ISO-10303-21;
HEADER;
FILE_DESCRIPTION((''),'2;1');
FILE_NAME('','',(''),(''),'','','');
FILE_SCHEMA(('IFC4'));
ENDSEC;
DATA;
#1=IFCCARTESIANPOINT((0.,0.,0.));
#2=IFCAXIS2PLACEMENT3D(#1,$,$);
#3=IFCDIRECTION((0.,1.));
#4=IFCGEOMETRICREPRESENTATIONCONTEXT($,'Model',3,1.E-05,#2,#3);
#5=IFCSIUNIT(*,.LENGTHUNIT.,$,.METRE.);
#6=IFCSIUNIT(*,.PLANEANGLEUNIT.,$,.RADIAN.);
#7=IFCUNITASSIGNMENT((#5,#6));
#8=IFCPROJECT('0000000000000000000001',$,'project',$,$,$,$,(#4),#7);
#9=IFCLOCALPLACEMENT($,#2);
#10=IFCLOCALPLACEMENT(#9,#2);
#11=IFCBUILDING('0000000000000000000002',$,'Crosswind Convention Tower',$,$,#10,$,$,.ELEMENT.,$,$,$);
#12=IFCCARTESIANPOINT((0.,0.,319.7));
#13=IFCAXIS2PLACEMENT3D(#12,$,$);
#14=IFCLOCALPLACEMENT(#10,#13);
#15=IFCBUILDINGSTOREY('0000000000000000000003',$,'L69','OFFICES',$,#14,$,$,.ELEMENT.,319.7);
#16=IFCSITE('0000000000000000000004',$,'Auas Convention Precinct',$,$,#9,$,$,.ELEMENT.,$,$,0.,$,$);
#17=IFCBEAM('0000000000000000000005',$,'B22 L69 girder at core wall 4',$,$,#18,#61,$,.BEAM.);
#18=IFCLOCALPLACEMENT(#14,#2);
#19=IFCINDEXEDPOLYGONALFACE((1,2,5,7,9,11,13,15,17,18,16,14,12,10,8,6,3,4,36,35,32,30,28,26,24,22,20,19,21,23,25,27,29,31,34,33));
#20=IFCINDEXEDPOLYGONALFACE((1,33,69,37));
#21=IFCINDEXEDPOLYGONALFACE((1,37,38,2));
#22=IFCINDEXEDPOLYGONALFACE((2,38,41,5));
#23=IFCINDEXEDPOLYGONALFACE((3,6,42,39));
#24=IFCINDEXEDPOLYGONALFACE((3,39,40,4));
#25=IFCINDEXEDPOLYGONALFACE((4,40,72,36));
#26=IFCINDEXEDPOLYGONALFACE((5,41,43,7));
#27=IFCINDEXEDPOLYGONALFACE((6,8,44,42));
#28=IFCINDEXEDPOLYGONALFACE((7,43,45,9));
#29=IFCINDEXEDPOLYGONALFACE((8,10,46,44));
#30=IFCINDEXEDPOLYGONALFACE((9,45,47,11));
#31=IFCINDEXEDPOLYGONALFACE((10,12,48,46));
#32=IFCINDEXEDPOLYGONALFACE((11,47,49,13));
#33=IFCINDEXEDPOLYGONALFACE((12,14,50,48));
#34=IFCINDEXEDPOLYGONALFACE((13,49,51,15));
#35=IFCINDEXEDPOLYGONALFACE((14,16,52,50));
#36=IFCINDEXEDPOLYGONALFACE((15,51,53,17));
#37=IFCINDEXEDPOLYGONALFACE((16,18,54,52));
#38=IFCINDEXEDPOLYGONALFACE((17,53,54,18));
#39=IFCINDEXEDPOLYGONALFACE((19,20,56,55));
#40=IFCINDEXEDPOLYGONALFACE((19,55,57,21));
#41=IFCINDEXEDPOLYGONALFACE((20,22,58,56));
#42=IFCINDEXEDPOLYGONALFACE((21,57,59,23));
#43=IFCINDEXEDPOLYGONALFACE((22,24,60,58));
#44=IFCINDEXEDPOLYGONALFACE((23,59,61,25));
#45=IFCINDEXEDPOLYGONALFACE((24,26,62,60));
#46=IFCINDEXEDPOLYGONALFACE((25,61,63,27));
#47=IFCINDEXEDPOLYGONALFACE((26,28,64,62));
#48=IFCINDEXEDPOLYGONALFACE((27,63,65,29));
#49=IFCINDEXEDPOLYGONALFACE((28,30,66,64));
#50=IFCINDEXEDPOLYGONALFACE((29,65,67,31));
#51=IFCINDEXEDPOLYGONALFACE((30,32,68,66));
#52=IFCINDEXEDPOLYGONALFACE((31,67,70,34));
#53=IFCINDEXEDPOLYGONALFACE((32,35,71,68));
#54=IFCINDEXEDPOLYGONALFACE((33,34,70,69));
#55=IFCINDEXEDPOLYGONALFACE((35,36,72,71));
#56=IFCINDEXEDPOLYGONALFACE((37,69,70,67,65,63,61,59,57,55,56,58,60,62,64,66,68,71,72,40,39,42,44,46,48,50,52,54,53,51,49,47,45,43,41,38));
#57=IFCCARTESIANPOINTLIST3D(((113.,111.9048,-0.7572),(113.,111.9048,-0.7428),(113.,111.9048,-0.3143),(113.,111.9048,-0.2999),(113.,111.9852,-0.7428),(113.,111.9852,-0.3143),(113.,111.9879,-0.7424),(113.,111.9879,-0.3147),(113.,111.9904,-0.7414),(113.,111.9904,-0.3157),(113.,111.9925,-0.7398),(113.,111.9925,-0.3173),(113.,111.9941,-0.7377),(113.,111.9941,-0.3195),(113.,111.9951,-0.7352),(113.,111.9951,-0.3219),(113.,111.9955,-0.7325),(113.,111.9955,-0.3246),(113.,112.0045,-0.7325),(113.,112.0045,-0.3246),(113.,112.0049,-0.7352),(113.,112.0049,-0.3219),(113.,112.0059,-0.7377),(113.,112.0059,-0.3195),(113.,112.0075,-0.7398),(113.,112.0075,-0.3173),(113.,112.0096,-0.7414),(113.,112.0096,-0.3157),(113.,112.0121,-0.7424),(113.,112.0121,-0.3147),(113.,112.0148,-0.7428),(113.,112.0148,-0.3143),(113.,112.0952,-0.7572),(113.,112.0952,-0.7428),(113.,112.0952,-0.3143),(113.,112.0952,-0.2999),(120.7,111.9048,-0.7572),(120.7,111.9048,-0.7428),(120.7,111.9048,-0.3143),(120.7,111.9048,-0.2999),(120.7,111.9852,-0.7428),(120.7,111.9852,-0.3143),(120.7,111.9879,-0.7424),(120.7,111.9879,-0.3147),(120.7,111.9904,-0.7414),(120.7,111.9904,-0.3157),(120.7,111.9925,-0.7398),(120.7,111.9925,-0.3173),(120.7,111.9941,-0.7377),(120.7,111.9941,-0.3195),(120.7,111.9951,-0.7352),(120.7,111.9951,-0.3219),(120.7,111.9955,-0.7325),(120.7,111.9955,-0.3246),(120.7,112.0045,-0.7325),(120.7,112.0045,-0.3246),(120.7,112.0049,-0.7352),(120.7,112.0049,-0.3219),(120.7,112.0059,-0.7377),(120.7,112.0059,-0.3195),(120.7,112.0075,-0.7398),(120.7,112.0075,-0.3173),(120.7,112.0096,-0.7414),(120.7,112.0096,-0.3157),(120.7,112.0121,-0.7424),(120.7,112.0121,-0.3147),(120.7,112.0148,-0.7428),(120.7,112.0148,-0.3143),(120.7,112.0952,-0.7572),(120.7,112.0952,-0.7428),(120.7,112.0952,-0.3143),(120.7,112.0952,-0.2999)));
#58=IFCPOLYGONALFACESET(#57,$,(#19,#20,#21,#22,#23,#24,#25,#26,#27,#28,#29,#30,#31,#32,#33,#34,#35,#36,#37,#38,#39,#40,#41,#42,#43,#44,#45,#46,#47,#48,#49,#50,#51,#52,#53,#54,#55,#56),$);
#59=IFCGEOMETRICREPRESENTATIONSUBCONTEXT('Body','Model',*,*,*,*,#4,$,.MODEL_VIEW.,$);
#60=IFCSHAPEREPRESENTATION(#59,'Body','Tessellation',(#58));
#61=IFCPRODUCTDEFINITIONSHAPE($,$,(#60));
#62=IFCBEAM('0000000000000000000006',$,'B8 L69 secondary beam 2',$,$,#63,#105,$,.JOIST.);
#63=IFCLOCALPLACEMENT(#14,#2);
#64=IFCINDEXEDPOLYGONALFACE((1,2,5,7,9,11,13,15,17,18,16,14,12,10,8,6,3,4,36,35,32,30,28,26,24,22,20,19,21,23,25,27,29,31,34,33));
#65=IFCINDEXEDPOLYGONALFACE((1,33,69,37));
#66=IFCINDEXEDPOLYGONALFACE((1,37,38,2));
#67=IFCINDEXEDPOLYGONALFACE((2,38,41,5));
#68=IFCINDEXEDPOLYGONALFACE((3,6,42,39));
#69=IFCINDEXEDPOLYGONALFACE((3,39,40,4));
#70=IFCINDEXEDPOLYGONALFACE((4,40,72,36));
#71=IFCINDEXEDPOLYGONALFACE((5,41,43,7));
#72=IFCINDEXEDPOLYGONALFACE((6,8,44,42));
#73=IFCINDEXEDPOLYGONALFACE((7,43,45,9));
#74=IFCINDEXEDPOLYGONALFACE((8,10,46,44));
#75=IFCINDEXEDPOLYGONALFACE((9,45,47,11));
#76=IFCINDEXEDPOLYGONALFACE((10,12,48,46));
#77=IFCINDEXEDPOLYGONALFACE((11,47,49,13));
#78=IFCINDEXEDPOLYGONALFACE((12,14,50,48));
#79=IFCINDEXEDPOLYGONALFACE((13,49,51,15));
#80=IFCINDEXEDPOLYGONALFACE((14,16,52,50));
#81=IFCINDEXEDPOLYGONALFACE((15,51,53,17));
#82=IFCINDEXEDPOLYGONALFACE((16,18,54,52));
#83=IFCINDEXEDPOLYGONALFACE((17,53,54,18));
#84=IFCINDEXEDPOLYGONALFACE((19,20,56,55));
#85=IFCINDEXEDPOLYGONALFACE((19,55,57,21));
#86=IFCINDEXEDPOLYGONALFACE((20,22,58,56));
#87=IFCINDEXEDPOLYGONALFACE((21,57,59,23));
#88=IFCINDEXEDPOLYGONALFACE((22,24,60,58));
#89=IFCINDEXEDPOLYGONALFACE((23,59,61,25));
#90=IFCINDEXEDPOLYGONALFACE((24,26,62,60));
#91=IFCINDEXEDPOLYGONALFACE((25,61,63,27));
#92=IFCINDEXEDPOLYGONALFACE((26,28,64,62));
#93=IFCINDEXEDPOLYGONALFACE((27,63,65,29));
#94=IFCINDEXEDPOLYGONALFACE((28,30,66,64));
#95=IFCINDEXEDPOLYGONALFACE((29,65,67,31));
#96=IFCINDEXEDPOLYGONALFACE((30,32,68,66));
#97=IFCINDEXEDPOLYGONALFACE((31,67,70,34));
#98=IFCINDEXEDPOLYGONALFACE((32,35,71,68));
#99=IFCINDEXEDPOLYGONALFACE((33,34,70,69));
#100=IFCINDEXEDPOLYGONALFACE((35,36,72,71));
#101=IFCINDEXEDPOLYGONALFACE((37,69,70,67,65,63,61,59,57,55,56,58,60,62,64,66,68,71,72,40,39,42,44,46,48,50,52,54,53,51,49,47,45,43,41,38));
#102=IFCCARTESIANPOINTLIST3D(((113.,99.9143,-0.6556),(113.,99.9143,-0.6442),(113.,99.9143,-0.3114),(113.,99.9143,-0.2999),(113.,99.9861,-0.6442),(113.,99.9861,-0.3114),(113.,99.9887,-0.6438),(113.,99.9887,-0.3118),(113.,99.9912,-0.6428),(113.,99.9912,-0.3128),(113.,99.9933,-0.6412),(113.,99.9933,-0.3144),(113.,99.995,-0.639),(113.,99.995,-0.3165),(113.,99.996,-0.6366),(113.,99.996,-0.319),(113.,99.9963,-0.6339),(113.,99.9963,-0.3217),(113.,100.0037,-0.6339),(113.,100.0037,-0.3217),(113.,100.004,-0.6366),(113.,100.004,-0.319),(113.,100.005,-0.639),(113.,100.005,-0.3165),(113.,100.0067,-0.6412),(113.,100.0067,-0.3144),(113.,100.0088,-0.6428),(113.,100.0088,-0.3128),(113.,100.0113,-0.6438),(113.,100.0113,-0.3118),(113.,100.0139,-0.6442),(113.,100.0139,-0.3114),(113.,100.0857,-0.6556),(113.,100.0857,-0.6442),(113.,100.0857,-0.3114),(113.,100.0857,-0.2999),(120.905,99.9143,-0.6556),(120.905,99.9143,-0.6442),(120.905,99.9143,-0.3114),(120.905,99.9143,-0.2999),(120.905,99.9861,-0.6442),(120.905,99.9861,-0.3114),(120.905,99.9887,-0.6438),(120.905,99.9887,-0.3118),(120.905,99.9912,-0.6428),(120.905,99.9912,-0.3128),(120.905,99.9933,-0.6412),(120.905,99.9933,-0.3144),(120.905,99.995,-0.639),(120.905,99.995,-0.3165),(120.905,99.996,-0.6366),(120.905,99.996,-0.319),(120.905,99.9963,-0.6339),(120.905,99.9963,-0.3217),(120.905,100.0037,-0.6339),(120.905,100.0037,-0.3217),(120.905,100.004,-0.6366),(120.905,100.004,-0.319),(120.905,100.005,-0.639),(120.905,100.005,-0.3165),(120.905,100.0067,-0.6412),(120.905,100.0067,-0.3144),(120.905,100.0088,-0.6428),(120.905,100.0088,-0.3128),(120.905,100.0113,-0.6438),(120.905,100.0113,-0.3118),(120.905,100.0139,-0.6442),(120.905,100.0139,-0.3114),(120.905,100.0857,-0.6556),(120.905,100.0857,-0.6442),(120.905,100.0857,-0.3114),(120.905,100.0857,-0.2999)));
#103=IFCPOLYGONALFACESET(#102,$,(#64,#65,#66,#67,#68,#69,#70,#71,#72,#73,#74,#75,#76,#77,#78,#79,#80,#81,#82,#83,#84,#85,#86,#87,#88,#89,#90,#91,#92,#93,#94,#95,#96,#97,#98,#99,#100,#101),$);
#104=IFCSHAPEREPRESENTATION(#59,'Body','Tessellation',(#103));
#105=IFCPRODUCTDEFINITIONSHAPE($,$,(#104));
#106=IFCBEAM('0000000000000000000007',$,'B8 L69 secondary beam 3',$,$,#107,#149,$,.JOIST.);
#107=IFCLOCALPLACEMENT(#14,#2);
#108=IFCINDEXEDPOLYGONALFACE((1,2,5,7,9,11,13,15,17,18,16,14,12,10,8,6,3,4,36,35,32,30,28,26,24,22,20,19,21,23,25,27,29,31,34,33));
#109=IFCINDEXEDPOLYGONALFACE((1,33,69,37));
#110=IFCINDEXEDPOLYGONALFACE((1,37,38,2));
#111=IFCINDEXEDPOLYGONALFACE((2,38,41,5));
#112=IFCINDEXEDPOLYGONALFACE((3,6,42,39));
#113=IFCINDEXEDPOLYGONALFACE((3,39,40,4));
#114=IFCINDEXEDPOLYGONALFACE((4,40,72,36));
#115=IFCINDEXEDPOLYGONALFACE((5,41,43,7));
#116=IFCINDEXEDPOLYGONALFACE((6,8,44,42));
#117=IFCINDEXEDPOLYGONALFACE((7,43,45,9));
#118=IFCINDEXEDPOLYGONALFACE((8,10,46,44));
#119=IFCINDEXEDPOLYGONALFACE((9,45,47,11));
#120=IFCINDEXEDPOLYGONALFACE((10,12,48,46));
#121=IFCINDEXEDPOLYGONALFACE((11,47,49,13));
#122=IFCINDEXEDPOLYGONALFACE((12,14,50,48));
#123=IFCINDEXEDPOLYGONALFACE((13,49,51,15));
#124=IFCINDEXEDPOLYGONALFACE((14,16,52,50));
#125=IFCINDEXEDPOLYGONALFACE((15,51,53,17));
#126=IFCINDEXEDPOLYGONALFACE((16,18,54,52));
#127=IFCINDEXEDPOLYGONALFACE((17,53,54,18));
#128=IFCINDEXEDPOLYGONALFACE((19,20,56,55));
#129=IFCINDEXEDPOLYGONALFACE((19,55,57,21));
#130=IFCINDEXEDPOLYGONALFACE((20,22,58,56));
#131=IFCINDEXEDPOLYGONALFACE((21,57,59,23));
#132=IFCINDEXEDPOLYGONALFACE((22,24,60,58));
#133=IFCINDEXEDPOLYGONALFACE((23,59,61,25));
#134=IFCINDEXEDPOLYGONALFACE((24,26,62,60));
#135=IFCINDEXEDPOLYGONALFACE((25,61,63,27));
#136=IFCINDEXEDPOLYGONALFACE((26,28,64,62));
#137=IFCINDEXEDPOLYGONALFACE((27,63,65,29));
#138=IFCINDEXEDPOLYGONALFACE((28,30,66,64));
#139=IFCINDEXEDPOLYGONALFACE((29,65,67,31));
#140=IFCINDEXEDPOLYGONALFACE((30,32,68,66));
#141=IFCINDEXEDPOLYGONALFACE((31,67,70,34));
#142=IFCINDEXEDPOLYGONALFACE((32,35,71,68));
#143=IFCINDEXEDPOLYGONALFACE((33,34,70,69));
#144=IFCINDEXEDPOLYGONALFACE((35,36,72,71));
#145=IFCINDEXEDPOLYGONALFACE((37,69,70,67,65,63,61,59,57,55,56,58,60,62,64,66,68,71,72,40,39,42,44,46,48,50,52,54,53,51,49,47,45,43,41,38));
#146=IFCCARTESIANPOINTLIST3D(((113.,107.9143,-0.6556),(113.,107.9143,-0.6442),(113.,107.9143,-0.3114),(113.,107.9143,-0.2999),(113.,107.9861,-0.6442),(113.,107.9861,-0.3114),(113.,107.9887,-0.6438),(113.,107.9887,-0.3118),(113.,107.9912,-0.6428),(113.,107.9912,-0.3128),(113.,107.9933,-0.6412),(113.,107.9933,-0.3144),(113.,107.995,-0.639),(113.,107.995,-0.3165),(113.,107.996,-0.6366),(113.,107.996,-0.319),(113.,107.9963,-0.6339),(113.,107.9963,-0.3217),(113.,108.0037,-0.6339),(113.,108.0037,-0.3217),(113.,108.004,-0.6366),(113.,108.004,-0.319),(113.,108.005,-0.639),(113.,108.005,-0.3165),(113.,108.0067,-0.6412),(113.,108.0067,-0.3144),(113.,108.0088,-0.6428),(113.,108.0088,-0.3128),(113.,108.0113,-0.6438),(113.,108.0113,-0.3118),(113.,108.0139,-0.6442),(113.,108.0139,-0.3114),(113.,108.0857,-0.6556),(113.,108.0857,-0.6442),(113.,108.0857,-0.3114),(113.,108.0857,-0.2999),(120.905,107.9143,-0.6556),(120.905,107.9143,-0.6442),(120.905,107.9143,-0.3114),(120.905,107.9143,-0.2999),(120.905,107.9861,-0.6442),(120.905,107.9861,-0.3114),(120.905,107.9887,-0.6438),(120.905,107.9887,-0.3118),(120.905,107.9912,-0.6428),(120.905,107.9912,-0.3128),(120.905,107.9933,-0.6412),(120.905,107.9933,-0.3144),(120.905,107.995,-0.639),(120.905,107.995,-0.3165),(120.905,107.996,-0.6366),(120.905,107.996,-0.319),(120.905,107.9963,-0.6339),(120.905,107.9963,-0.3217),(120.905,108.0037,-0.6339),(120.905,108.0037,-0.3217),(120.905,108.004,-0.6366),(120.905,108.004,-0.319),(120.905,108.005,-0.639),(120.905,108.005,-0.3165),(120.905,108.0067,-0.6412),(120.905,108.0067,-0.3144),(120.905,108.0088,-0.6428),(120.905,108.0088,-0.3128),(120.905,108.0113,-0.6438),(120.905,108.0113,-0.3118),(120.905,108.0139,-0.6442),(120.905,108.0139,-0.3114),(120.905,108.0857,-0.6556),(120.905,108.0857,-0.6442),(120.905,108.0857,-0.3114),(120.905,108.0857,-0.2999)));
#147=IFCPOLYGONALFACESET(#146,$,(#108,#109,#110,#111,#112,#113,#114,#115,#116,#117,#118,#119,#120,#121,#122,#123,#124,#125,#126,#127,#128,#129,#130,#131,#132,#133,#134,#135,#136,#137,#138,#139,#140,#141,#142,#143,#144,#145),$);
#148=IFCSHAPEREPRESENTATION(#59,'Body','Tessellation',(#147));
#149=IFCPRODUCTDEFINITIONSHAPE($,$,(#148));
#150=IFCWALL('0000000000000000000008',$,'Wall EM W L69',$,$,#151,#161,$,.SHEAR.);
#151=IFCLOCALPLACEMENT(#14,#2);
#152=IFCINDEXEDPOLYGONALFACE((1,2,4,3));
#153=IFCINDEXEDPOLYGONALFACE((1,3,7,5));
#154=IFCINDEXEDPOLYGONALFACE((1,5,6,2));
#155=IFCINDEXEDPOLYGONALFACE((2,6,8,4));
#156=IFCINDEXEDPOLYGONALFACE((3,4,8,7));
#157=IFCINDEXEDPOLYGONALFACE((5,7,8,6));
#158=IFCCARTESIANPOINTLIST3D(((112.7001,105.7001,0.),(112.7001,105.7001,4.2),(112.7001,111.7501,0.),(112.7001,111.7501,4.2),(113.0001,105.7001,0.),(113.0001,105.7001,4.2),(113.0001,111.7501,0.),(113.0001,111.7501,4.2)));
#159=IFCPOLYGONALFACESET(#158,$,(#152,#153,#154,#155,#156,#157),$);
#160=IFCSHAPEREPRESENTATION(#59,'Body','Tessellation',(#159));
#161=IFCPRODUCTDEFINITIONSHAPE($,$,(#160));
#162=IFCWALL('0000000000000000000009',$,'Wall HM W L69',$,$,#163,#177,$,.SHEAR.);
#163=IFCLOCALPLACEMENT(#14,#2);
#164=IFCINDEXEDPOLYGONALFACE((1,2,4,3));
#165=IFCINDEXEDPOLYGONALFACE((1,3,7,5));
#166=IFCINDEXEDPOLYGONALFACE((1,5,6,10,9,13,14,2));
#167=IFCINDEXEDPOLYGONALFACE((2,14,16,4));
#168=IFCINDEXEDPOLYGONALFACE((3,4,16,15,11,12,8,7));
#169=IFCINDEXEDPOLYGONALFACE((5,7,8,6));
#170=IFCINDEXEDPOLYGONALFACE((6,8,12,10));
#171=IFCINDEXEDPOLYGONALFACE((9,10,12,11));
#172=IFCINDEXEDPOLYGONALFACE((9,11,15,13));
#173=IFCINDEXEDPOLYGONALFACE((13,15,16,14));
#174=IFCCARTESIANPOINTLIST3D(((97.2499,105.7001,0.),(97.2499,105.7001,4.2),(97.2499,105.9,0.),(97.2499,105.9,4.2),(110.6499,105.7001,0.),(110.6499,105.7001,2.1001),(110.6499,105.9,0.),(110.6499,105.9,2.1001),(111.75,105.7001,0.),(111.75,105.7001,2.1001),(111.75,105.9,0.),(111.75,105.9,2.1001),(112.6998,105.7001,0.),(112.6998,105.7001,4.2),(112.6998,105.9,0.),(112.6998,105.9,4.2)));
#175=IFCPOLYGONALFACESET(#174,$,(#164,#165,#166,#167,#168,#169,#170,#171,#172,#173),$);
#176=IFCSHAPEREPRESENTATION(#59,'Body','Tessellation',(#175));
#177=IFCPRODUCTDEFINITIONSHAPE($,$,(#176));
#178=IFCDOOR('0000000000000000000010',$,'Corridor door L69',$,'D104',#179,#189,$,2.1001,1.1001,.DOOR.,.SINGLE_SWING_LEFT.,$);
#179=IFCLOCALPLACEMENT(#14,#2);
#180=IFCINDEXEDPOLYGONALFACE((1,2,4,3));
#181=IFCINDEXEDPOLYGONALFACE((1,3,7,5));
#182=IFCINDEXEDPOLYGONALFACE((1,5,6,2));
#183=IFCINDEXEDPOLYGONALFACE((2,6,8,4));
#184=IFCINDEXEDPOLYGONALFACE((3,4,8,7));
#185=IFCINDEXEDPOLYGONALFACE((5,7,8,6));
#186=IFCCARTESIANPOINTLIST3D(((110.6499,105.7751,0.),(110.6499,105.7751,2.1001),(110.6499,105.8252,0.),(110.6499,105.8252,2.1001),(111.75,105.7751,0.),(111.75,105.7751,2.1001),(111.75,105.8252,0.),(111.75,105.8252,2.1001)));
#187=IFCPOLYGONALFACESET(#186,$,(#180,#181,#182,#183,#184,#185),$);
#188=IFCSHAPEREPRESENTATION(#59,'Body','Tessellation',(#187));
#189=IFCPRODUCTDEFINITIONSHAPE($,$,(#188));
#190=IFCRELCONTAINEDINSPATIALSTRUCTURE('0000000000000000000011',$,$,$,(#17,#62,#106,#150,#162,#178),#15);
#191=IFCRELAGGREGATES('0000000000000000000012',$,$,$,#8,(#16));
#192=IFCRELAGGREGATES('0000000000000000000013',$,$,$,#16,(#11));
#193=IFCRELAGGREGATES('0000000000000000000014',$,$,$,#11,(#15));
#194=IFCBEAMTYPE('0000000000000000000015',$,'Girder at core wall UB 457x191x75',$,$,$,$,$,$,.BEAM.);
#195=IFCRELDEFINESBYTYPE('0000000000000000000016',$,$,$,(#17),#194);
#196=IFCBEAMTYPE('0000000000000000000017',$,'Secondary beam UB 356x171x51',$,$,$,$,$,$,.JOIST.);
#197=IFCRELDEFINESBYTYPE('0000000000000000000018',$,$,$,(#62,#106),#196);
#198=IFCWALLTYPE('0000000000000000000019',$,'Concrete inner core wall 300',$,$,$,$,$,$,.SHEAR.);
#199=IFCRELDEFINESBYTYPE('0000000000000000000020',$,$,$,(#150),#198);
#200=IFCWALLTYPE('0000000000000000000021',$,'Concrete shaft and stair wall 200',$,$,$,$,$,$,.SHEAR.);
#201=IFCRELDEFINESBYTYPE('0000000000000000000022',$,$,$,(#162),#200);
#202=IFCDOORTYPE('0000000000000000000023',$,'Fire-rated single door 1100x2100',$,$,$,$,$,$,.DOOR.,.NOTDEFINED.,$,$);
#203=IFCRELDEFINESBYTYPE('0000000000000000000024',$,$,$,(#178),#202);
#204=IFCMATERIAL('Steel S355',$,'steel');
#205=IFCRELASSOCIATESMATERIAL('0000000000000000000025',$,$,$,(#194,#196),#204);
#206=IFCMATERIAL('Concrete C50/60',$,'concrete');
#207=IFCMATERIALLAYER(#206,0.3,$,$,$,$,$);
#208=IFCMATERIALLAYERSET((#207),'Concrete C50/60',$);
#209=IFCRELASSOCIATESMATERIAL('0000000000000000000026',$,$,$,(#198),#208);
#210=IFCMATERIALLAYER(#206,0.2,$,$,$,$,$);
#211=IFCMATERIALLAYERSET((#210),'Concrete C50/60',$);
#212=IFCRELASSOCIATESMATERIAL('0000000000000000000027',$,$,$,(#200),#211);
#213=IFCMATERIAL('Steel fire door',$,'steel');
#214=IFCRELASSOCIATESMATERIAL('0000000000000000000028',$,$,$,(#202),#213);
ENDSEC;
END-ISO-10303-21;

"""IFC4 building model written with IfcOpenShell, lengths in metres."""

from ifc_helpers import new_model, si_unit, direction, frame, frame_2d, origin, origin_2d, place, context, subcontext, project, spatial, rectangle, i_section, extrude, material, layer, layer_set, material_profile, profile_set, type_object, element, fill, save


model = new_model("IFC4")

# Units and contexts
model_context = context("Model", 3, precision=1e-05, world=origin(), true_north=direction((0.0, 1.0)))
body_context = subcontext(model_context, "Body", "Model", "MODEL_VIEW")
ifc_project = project(units=[si_unit("LENGTHUNIT", "METRE"), si_unit("PLANEANGLEUNIT", "RADIAN")], contexts=[model_context])

# Site, building, storey
site_placement = place(None, origin())
site = spatial("IfcSite", under=ifc_project, at=site_placement, Name="Auas Convention Precinct", CompositionType="ELEMENT", RefElevation=0.0)
building_placement = place(site_placement, origin())
building = spatial("IfcBuilding", under=site, at=building_placement, Name="Crosswind Convention Tower", CompositionType="ELEMENT")
storey_placement = place(building_placement, frame((0.0, 0.0, 319.7)))
storey = spatial("IfcBuildingStorey", under=building, at=storey_placement, Name="L69", Description="OFFICES", CompositionType="ELEMENT", Elevation=319.7)

# Beams
ifc_material_1 = material(Name="Steel S355", Category="steel")
ifc_material_profile_1 = material_profile(ifc_material_1, i_section(OverallWidth=0.1904, OverallDepth=0.4573, WebThickness=0.009, FlangeThickness=0.0144, FilletRadius=0.0103, at=origin_2d()), Name="UB 457x191x75")
ifc_profile_set_1 = profile_set([ifc_material_profile_1], Name="Steel S355")
beam_type_1 = type_object("IfcBeamType", Name="Girder at core wall UB 457x191x75", PredefinedType="BEAM", material=ifc_profile_set_1)
for number, where, z_axis, x_axis, name in (
    (1, (113.0, 112.0, -0.5286), (1.0, 0.0, 0.0), (0.0, 1.0, 0.0), "B22 L69 girder at core wall 4"),
):
    element("IfcBeam", number, at=place(storey_placement, frame(where, z_axis=z_axis, x_axis=x_axis)), inside=storey, type_object=beam_type_1, Name=name, PredefinedType="BEAM", context=body_context, shape_type="SweptSolid", body=[
        extrude(i_section(OverallWidth=0.1904, OverallDepth=0.4573, WebThickness=0.009, FlangeThickness=0.0144, FilletRadius=0.0103, at=origin_2d()), origin(), (0.0, 0.0, 1.0), 7.7),
    ])
ifc_material_profile_2 = material_profile(ifc_material_1, i_section(OverallWidth=0.1714, OverallDepth=0.3557, WebThickness=0.0073, FlangeThickness=0.0115, FilletRadius=0.0103, at=origin_2d()), Name="UB 356x171x51")
ifc_profile_set_2 = profile_set([ifc_material_profile_2], Name="Steel S355")
beam_type_2 = type_object("IfcBeamType", Name="Secondary beam UB 356x171x51", PredefinedType="JOIST", material=ifc_profile_set_2)
for number, where, z_axis, x_axis, name in (
    (2, (113.0, 100.0, -0.4778), (1.0, 0.0, 0.0), (0.0, 1.0, 0.0), "B8 L69 secondary beam 2"),
    (3, (113.0, 108.0, -0.4778), (1.0, 0.0, 0.0), (0.0, 1.0, 0.0), "B8 L69 secondary beam 3"),
):
    element("IfcBeam", number, at=place(storey_placement, frame(where, z_axis=z_axis, x_axis=x_axis)), inside=storey, type_object=beam_type_2, Name=name, PredefinedType="JOIST", context=body_context, shape_type="SweptSolid", body=[
        extrude(i_section(OverallWidth=0.1714, OverallDepth=0.3557, WebThickness=0.0073, FlangeThickness=0.0115, FilletRadius=0.0103, at=origin_2d()), origin(), (0.0, 0.0, 1.0), 7.905),
    ])

# Shared definitions
ifc_material_2 = material(Name="Concrete C50/60", Category="concrete")
ifc_layer_1 = layer(ifc_material_2, 0.3)
ifc_layer_set_1 = layer_set([ifc_layer_1], Name="Concrete C50/60")
wall_type_1 = type_object("IfcWallType", Name="Concrete inner core wall 300", PredefinedType="SHEAR", material=ifc_layer_set_1)

# Wall
wall_1_placement = place(storey_placement, frame((112.8501, 111.75, 0.0), z_axis=(0.0, 0.0, 1.0), x_axis=(0.0, -1.0, 0.0)))
element("IfcWall", 4, at=wall_1_placement, inside=storey, type_object=wall_type_1, Name="Wall EM W L69", PredefinedType="SHEAR", context=body_context, shape_type="SweptSolid", body=[
    extrude(rectangle(XDim=6.05, YDim=0.3, at=frame_2d((3.0249, 0.0))), origin(), (0.0, 0.0, 1.0), 4.2),
])

# Wall, opening, door
ifc_layer_2 = layer(ifc_material_2, 0.2)
ifc_layer_set_2 = layer_set([ifc_layer_2], Name="Concrete C50/60")
wall_type_2 = type_object("IfcWallType", Name="Concrete shaft and stair wall 200", PredefinedType="SHEAR", material=ifc_layer_set_2)
wall_2_placement = place(storey_placement, frame((112.7, 105.8, 0.0), z_axis=(0.0, 0.0, 1.0), x_axis=(-1.0, 0.0, 0.0)))
wall_2 = element("IfcWall", 5, at=wall_2_placement, inside=storey, type_object=wall_type_2, Name="Wall HM W L69", PredefinedType="SHEAR", context=body_context, shape_type="SweptSolid", body=[
    extrude(rectangle(XDim=15.45, YDim=0.2, at=frame_2d((7.7251, 0.0))), origin(), (0.0, 0.0, 1.0), 4.2),
])
opening_1_placement = place(wall_2_placement, frame((0.95, 0.0, 0.0)))
opening_1 = element("IfcOpeningElement", 6, at=opening_1_placement, cuts=wall_2, PredefinedType="OPENING", context=body_context, shape_type="SweptSolid", body=[
    extrude(rectangle(XDim=1.1001, YDim=2.1001, at=frame_2d((0.55, 1.05))), frame((0.0, 0.1099, 0.0), z_axis=(0.0, -1.0, 0.0), x_axis=(1.0, 0.0, 0.0)), (0.0, 0.0, 1.0), 0.22),
])
ifc_material_3 = material(Name="Steel fire door", Category="steel")
door_type_1 = type_object("IfcDoorType", Name="Fire-rated single door 1100x2100", OperationType="NOTDEFINED", PredefinedType="DOOR", material=ifc_material_3)
door_1_placement = place(opening_1_placement, origin())
door_1 = element("IfcDoor", 7, at=door_1_placement, inside=storey, type_object=door_type_1, Name="Corridor door L69", ObjectType="D104", OperationType="SINGLE_SWING_LEFT", OverallHeight=2.1001, OverallWidth=1.1001, PredefinedType="DOOR", context=body_context, shape_type="SweptSolid", body=[
    extrude(rectangle(XDim=1.1001, YDim=2.1001, at=frame_2d((0.55, 1.05))), frame((0.0, 0.0249, 0.0), z_axis=(0.0, -1.0, 0.0), x_axis=(1.0, 0.0, 0.0)), (0.0, 0.0, 1.0), 0.05),
])
fill(opening_1, door_1)

save(model, "model.ifc")
